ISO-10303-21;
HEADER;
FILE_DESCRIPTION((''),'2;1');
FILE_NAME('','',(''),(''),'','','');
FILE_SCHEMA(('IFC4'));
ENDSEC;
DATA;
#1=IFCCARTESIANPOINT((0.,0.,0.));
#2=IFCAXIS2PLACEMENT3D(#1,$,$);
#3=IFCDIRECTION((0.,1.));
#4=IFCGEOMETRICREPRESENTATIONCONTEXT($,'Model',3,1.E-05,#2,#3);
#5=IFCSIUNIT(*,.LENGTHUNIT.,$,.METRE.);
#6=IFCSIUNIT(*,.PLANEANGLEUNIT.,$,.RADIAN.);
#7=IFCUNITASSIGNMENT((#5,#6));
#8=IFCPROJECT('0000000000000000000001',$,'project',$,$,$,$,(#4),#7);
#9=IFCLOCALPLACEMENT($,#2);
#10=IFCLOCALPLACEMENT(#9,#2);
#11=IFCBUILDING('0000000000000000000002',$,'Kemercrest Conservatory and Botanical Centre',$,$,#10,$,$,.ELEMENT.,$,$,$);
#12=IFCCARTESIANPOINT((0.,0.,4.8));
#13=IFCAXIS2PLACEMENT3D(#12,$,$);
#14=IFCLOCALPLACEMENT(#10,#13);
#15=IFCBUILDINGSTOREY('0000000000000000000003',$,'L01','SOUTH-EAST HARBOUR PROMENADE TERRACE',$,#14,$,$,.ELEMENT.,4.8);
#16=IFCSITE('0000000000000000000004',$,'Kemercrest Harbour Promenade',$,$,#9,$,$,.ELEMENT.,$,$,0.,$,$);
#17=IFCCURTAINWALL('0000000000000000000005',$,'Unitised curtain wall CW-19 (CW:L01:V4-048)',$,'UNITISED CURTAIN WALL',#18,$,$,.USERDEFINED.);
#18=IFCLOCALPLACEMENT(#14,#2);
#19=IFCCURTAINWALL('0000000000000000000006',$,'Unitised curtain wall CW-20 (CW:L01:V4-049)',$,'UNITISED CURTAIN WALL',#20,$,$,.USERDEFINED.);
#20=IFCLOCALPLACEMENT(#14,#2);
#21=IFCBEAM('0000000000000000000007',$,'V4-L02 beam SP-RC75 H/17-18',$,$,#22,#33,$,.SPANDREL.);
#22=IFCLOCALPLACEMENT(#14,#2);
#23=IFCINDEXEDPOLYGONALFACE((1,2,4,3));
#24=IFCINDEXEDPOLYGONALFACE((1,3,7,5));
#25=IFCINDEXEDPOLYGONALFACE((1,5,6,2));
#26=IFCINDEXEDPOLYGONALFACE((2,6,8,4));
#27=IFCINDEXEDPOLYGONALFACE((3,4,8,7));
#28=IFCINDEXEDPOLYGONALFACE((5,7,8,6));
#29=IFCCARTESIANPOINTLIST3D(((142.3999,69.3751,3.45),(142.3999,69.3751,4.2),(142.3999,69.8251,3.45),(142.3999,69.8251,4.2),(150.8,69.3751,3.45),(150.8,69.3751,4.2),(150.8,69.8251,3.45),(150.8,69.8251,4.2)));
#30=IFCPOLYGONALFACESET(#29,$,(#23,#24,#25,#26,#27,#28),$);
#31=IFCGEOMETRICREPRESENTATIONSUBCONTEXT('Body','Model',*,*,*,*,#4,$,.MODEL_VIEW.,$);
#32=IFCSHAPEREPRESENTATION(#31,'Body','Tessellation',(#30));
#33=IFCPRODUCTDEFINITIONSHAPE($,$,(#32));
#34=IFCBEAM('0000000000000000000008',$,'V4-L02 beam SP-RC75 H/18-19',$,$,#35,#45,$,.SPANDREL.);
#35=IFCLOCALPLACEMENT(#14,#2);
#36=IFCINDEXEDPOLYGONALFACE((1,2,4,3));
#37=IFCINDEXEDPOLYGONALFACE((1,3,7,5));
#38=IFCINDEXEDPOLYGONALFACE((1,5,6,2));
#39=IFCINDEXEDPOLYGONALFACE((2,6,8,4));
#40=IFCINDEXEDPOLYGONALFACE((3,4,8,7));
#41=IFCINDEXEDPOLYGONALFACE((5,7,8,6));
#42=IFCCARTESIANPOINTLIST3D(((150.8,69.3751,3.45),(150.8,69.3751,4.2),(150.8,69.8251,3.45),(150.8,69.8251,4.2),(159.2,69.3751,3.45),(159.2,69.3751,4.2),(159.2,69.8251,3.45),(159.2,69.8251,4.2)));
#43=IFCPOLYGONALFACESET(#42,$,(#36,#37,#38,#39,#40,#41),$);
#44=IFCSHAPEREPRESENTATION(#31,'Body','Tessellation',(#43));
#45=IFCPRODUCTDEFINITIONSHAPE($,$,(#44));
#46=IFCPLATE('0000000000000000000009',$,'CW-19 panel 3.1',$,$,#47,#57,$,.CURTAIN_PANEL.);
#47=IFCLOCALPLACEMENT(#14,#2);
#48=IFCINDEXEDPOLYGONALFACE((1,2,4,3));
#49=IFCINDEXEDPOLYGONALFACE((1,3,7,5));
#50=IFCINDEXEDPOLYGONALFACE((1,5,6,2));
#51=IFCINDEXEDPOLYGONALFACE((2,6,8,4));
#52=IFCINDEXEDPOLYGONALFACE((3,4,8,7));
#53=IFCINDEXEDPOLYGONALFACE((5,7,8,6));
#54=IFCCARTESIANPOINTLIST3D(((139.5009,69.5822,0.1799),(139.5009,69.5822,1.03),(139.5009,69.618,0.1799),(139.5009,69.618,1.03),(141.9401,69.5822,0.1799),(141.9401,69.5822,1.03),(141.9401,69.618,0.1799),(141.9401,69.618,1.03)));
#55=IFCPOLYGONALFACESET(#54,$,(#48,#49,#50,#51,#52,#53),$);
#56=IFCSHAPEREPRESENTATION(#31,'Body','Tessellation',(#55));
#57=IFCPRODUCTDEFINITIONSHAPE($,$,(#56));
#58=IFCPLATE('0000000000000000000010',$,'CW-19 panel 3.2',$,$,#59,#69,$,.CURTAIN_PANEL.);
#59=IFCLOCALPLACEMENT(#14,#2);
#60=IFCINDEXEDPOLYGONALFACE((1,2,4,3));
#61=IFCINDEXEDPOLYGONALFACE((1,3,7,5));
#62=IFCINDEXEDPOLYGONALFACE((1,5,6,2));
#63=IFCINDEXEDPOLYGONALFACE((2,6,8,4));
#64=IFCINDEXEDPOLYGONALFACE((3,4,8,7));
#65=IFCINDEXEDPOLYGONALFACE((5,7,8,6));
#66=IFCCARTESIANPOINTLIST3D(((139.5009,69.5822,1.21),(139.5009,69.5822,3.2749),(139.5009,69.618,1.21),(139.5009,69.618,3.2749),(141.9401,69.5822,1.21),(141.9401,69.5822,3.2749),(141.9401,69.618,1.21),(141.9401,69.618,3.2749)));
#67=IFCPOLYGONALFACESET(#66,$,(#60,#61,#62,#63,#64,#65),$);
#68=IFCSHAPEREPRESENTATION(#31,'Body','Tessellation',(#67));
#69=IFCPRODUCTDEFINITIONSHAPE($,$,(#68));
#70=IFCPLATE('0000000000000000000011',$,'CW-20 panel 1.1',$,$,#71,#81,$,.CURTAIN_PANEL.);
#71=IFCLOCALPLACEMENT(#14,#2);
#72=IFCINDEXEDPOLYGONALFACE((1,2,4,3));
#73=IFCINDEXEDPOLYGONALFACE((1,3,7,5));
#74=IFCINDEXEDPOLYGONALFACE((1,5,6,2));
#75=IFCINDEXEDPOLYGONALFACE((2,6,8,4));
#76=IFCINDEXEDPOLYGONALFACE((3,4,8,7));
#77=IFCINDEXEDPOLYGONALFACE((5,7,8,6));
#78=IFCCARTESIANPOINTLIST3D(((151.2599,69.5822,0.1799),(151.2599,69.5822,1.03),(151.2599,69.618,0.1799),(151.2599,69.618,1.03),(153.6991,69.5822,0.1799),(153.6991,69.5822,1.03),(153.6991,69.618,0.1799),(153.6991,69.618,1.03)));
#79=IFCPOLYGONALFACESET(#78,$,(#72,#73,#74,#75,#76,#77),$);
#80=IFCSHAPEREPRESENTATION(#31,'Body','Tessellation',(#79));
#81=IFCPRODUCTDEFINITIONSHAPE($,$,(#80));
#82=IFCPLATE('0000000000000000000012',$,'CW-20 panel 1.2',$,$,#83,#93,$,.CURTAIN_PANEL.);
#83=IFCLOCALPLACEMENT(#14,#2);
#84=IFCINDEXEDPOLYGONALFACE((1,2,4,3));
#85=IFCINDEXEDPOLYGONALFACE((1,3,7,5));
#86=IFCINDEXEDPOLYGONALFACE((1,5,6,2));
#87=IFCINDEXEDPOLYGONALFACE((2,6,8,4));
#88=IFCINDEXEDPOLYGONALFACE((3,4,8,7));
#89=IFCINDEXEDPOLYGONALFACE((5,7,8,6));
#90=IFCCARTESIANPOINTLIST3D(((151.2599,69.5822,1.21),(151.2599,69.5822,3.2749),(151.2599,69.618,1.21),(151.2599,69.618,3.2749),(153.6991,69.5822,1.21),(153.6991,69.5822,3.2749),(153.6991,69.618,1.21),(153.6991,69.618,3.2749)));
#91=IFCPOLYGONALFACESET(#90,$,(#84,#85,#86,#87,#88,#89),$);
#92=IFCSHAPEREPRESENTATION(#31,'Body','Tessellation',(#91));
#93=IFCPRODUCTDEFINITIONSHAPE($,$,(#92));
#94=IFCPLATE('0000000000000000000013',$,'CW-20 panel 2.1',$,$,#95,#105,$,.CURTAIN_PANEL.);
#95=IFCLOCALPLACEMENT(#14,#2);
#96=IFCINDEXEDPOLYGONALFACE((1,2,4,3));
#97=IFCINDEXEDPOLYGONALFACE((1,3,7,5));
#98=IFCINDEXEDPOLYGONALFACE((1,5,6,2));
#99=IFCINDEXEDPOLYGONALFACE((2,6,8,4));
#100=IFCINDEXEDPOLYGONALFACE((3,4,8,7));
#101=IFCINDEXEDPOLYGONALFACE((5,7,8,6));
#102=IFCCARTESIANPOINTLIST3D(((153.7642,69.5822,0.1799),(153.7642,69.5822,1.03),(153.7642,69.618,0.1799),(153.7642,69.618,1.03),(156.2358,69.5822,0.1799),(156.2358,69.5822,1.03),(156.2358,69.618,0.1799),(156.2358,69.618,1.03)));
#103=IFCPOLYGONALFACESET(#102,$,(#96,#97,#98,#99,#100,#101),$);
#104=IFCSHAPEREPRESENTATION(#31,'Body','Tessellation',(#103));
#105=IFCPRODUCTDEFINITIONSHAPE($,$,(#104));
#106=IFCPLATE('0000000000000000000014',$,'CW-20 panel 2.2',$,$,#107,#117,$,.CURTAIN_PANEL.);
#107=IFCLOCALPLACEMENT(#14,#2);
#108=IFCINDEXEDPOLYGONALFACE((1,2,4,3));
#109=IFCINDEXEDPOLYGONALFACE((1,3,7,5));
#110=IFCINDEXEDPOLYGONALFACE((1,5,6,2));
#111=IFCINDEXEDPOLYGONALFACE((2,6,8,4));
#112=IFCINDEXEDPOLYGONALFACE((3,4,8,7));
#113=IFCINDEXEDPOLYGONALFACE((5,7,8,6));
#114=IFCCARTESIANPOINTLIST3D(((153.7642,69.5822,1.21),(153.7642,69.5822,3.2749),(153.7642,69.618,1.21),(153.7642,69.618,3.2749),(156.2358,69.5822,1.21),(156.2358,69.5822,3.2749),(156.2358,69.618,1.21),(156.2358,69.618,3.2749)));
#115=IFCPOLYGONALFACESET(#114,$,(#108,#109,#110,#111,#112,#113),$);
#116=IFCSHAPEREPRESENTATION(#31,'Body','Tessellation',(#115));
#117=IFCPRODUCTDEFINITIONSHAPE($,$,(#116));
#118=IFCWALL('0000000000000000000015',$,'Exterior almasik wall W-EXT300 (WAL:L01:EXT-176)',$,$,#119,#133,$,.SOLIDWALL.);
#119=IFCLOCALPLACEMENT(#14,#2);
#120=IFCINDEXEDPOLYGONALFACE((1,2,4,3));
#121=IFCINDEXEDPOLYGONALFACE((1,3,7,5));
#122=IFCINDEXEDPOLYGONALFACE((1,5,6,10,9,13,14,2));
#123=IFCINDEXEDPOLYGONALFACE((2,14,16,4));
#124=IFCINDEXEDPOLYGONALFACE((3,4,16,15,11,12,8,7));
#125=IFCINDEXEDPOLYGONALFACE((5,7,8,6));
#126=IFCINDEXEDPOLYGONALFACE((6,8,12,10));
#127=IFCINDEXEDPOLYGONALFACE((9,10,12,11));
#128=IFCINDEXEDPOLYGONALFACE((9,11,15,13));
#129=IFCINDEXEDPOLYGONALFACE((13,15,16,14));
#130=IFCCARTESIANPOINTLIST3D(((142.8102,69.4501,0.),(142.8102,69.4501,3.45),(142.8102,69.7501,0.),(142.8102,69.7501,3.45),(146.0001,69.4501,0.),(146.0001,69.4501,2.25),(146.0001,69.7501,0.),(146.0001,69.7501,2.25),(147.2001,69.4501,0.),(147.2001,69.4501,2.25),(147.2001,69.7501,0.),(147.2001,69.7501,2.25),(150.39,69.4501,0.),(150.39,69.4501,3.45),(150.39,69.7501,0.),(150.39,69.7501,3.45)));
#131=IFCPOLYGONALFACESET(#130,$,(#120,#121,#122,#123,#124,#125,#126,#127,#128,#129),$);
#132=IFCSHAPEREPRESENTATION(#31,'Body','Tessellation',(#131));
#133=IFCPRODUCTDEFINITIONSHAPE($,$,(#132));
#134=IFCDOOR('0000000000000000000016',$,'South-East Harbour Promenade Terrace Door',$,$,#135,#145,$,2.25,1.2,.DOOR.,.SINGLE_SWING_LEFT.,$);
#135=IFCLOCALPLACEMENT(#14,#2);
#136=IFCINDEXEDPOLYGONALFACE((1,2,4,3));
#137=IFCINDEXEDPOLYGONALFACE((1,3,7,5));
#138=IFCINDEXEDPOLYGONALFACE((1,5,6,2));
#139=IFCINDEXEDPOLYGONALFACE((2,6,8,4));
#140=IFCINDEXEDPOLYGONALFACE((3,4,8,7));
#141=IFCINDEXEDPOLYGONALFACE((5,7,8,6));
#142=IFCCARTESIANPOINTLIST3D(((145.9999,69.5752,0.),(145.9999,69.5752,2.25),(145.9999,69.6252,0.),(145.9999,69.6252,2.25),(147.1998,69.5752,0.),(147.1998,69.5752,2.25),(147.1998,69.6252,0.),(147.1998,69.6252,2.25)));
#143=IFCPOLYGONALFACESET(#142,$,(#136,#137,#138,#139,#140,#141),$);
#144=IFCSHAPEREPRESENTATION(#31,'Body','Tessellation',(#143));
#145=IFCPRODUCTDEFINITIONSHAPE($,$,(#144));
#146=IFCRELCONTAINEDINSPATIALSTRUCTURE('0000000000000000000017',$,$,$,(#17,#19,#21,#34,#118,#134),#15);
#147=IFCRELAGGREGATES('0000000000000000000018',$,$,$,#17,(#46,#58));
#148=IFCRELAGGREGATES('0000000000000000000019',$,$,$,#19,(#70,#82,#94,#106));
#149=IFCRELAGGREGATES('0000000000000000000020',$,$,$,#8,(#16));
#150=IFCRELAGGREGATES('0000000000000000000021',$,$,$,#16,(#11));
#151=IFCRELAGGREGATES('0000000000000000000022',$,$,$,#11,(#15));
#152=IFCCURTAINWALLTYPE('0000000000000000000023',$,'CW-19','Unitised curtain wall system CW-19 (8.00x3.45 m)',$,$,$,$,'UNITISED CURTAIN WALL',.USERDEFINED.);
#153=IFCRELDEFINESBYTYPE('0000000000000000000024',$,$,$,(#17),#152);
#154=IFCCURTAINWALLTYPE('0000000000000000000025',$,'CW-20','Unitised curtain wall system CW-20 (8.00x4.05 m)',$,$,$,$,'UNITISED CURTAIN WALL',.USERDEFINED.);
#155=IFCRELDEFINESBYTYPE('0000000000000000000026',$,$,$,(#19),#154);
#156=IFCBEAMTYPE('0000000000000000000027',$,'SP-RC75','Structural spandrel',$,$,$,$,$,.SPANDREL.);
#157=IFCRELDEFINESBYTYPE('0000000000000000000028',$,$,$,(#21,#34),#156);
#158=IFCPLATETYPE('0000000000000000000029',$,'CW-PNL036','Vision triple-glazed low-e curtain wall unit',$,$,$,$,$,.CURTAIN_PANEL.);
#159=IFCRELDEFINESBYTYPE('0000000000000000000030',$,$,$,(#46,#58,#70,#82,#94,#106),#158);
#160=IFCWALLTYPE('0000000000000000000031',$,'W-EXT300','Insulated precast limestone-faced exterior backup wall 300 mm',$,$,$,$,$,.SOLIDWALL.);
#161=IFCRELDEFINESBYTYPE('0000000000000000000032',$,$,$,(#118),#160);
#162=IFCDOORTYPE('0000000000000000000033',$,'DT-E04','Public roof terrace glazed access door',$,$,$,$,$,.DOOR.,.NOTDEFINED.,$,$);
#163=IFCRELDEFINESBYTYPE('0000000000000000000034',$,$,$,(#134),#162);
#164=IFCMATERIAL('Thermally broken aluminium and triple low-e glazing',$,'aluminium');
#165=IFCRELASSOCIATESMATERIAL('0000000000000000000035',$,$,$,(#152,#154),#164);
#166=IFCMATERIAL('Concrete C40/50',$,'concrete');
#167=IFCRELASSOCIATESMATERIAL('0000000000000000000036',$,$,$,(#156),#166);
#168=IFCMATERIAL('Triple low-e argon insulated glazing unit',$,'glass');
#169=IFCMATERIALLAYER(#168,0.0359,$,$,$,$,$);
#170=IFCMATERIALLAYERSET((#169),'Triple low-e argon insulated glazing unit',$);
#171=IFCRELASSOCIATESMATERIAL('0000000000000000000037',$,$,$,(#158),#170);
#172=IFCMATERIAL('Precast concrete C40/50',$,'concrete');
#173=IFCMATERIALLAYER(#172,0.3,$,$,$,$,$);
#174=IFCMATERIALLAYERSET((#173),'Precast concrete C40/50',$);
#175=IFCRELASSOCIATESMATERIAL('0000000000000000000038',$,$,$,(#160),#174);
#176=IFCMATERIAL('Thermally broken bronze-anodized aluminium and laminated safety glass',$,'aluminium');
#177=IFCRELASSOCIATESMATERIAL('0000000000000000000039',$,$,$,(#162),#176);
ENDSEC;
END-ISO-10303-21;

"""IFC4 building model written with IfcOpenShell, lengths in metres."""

from ifc_helpers import new_model, si_unit, direction, frame, frame_2d, origin, origin_2d, place, context, subcontext, project, spatial, rectangle, extrude, material, layer, layer_set, material_profile, profile_set, type_object, element, fill, aggregate, save


model = new_model("IFC4")

# Units and contexts
model_context = context("Model", 3, precision=1e-05, world=origin(), true_north=direction((0.0, 1.0)))
body_context = subcontext(model_context, "Body", "Model", "MODEL_VIEW")
ifc_project = project(units=[si_unit("LENGTHUNIT", "METRE"), si_unit("PLANEANGLEUNIT", "RADIAN")], contexts=[model_context])

# Site, building, storey
site_placement = place(None, origin())
site = spatial("IfcSite", under=ifc_project, at=site_placement, Name="Kemercrest Harbour Promenade", CompositionType="ELEMENT", RefElevation=0.0)
building_placement = place(site_placement, origin())
building = spatial("IfcBuilding", under=site, at=building_placement, Name="Kemercrest Conservatory and Botanical Centre", CompositionType="ELEMENT")
storey_placement = place(building_placement, frame((0.0, 0.0, 4.8)))
storey = spatial("IfcBuildingStorey", under=building, at=storey_placement, Name="L01", Description="SOUTH-EAST HARBOUR PROMENADE TERRACE", CompositionType="ELEMENT", Elevation=4.8)

# Shared definitions
ifc_material_1 = material(Name="Concrete C40/50", Category="concrete")

# Curtain wall
ifc_material_2 = material(Name="Thermally broken aluminium and triple low-e glazing", Category="aluminium")
curtain_wall_type_1 = type_object("IfcCurtainWallType", Name="CW-19", Description="Unitised curtain wall system CW-19 (8.00x3.45 m)", ElementType="UNITISED CURTAIN WALL", PredefinedType="USERDEFINED", material=ifc_material_2)
curtain_wall_1_placement = place(storey_placement, origin())
curtain_wall_1 = element("IfcCurtainWall", 1, at=curtain_wall_1_placement, inside=storey, type_object=curtain_wall_type_1, Name="Unitised curtain wall CW-19 (CW:L01:V4-048)", ObjectType="UNITISED CURTAIN WALL", PredefinedType="USERDEFINED")

# Curtain wall
curtain_wall_type_2 = type_object("IfcCurtainWallType", Name="CW-20", Description="Unitised curtain wall system CW-20 (8.00x4.05 m)", ElementType="UNITISED CURTAIN WALL", PredefinedType="USERDEFINED", material=ifc_material_2)
curtain_wall_2_placement = place(storey_placement, origin())
curtain_wall_2 = element("IfcCurtainWall", 2, at=curtain_wall_2_placement, inside=storey, type_object=curtain_wall_type_2, Name="Unitised curtain wall CW-20 (CW:L01:V4-049)", ObjectType="UNITISED CURTAIN WALL", PredefinedType="USERDEFINED")

# Beams
ifc_material_profile_1 = material_profile(ifc_material_1, rectangle(XDim=0.45, YDim=0.75, at=origin_2d()), Name="RC 450x750")
ifc_profile_set_1 = profile_set([ifc_material_profile_1], Name="Concrete C40/50")
beam_type_1 = type_object("IfcBeamType", Name="SP-RC75", Description="Structural spandrel", PredefinedType="SPANDREL", material=ifc_profile_set_1)
beam_1_placement = place(storey_placement, frame((142.3999, 69.6001, 3.825), z_axis=(1.0, 0.0, 0.0), x_axis=(0.0, 1.0, 0.0)))
element("IfcBeam", 3, at=beam_1_placement, inside=storey, type_object=beam_type_1, Name="V4-L02 beam SP-RC75 H/17-18", PredefinedType="SPANDREL", context=body_context, shape_type="SweptSolid", body=[
    extrude(rectangle(XDim=0.45, YDim=0.75, at=origin_2d()), origin(), (0.0, 0.0, 1.0), 8.4001),
])
beam_2_placement = place(storey_placement, frame((150.8, 69.6001, 3.825), z_axis=(1.0, 0.0, 0.0), x_axis=(0.0, 1.0, 0.0)))
element("IfcBeam", 4, at=beam_2_placement, inside=storey, type_object=beam_type_1, Name="V4-L02 beam SP-RC75 H/18-19", PredefinedType="SPANDREL", context=body_context, shape_type="SweptSolid", body=[
    extrude(rectangle(XDim=0.45, YDim=0.75, at=origin_2d()), origin(), (0.0, 0.0, 1.0), 8.3999),
])

# Plates
ifc_material_3 = material(Name="Triple low-e argon insulated glazing unit", Category="glass")
ifc_layer_1 = layer(ifc_material_3, 0.0359)
ifc_layer_set_1 = layer_set([ifc_layer_1], Name="Triple low-e argon insulated glazing unit")
plate_type = type_object("IfcPlateType", Name="CW-PNL036", Description="Vision triple-glazed low-e curtain wall unit", PredefinedType="CURTAIN_PANEL", material=ifc_layer_set_1)
plate_1_placement = place(storey_placement, frame((140.7205, 69.6001, 0.1799), z_axis=(0.0, 0.0, 1.0), x_axis=(1.0, 0.0, 0.0)))
plate_1 = element("IfcPlate", 5, at=plate_1_placement, type_object=plate_type, Name="CW-19 panel 3.1", PredefinedType="CURTAIN_PANEL", context=body_context, shape_type="SweptSolid", body=[
    extrude(rectangle(XDim=2.4392, YDim=0.0359, at=origin_2d()), origin(), (0.0, 0.0, 1.0), 0.8501),
])
plate_2_placement = place(storey_placement, frame((140.7205, 69.6001, 1.21), z_axis=(0.0, 0.0, 1.0), x_axis=(1.0, 0.0, 0.0)))
plate_2 = element("IfcPlate", 6, at=plate_2_placement, type_object=plate_type, Name="CW-19 panel 3.2", PredefinedType="CURTAIN_PANEL", context=body_context, shape_type="SweptSolid", body=[
    extrude(rectangle(XDim=2.4392, YDim=0.0359, at=origin_2d()), origin(), (0.0, 0.0, 1.0), 2.0649),
])
aggregate(curtain_wall_1, [plate_1, plate_2])
plate_3_placement = place(storey_placement, frame((152.4795, 69.6001, 0.1799), z_axis=(0.0, 0.0, 1.0), x_axis=(1.0, 0.0, 0.0)))
plate_3 = element("IfcPlate", 7, at=plate_3_placement, type_object=plate_type, Name="CW-20 panel 1.1", PredefinedType="CURTAIN_PANEL", context=body_context, shape_type="SweptSolid", body=[
    extrude(rectangle(XDim=2.4392, YDim=0.0359, at=origin_2d()), origin(), (0.0, 0.0, 1.0), 0.8501),
])
plate_4_placement = place(storey_placement, frame((152.4795, 69.6001, 1.21), z_axis=(0.0, 0.0, 1.0), x_axis=(1.0, 0.0, 0.0)))
plate_4 = element("IfcPlate", 8, at=plate_4_placement, type_object=plate_type, Name="CW-20 panel 1.2", PredefinedType="CURTAIN_PANEL", context=body_context, shape_type="SweptSolid", body=[
    extrude(rectangle(XDim=2.4392, YDim=0.0359, at=origin_2d()), origin(), (0.0, 0.0, 1.0), 2.0649),
])
plate_5_placement = place(storey_placement, frame((155.0, 69.6001, 0.1799), z_axis=(0.0, 0.0, 1.0), x_axis=(1.0, 0.0, 0.0)))
plate_5 = element("IfcPlate", 9, at=plate_5_placement, type_object=plate_type, Name="CW-20 panel 2.1", PredefinedType="CURTAIN_PANEL", context=body_context, shape_type="SweptSolid", body=[
    extrude(rectangle(XDim=2.4717, YDim=0.0359, at=origin_2d()), origin(), (0.0, 0.0, 1.0), 0.8501),
])
plate_6_placement = place(storey_placement, frame((155.0, 69.6001, 1.21), z_axis=(0.0, 0.0, 1.0), x_axis=(1.0, 0.0, 0.0)))
plate_6 = element("IfcPlate", 10, at=plate_6_placement, type_object=plate_type, Name="CW-20 panel 2.2", PredefinedType="CURTAIN_PANEL", context=body_context, shape_type="SweptSolid", body=[
    extrude(rectangle(XDim=2.4717, YDim=0.0359, at=origin_2d()), origin(), (0.0, 0.0, 1.0), 2.0649),
])
aggregate(curtain_wall_2, [plate_3, plate_4, plate_5, plate_6])

# Wall, opening, door
ifc_material_4 = material(Name="Precast concrete C40/50", Category="concrete")
ifc_layer_2 = layer(ifc_material_4, 0.3)
ifc_layer_set_2 = layer_set([ifc_layer_2], Name="Precast concrete C40/50")
wall_type = type_object("IfcWallType", Name="W-EXT300", Description="Insulated precast limestone-faced exterior backup wall 300 mm", PredefinedType="SOLIDWALL", material=ifc_layer_set_2)
wall_placement = place(storey_placement, frame((142.8101, 69.6001, 0.0), z_axis=(0.0, 0.0, 1.0), x_axis=(1.0, 0.0, 0.0)))
wall = element("IfcWall", 11, at=wall_placement, inside=storey, type_object=wall_type, Name="Exterior almasik wall W-EXT300 (WAL:L01:EXT-176)", PredefinedType="SOLIDWALL", context=body_context, shape_type="SweptSolid", body=[
    extrude(rectangle(XDim=7.5798, YDim=0.3, at=frame_2d((3.79, 0.0))), origin(), (0.0, 0.0, 1.0), 3.45),
])
opening_placement = place(wall_placement, frame((3.1899, 0.0, 0.0)))
opening = element("IfcOpeningElement", 12, at=opening_placement, cuts=wall, PredefinedType="OPENING", context=body_context, shape_type="SweptSolid", body=[
    extrude(rectangle(XDim=1.2, YDim=2.25, at=frame_2d((0.6001, 1.125))), frame((0.0, 0.1602, 0.0), z_axis=(0.0, -1.0, 0.0), x_axis=(1.0, 0.0, 0.0)), (0.0, 0.0, 1.0), 0.3201),
])
ifc_material_5 = material(Name="Thermally broken bronze-anodized aluminium and laminated safety glass", Category="aluminium")
door_type = type_object("IfcDoorType", Name="DT-E04", Description="Public roof terrace glazed access door", OperationType="NOTDEFINED", PredefinedType="DOOR", material=ifc_material_5)
door_placement = place(opening_placement, frame((1.2, 0.0, 0.0), z_axis=(0.0, 0.0, 1.0), x_axis=(-1.0, 0.0, 0.0)))
door = element("IfcDoor", 13, at=door_placement, inside=storey, type_object=door_type, Name="South-East Harbour Promenade Terrace Door", OperationType="SINGLE_SWING_LEFT", OverallHeight=2.25, OverallWidth=1.2, PredefinedType="DOOR", context=body_context, shape_type="SweptSolid", body=[
    extrude(rectangle(XDim=1.2, YDim=2.25, at=frame_2d((0.6001, 1.125))), frame((0.0, 0.0249, 0.0), z_axis=(0.0, -1.0, 0.0), x_axis=(1.0, 0.0, 0.0)), (0.0, 0.0, 1.0), 0.05),
])
fill(opening, door)

save(model, "model.ifc")
